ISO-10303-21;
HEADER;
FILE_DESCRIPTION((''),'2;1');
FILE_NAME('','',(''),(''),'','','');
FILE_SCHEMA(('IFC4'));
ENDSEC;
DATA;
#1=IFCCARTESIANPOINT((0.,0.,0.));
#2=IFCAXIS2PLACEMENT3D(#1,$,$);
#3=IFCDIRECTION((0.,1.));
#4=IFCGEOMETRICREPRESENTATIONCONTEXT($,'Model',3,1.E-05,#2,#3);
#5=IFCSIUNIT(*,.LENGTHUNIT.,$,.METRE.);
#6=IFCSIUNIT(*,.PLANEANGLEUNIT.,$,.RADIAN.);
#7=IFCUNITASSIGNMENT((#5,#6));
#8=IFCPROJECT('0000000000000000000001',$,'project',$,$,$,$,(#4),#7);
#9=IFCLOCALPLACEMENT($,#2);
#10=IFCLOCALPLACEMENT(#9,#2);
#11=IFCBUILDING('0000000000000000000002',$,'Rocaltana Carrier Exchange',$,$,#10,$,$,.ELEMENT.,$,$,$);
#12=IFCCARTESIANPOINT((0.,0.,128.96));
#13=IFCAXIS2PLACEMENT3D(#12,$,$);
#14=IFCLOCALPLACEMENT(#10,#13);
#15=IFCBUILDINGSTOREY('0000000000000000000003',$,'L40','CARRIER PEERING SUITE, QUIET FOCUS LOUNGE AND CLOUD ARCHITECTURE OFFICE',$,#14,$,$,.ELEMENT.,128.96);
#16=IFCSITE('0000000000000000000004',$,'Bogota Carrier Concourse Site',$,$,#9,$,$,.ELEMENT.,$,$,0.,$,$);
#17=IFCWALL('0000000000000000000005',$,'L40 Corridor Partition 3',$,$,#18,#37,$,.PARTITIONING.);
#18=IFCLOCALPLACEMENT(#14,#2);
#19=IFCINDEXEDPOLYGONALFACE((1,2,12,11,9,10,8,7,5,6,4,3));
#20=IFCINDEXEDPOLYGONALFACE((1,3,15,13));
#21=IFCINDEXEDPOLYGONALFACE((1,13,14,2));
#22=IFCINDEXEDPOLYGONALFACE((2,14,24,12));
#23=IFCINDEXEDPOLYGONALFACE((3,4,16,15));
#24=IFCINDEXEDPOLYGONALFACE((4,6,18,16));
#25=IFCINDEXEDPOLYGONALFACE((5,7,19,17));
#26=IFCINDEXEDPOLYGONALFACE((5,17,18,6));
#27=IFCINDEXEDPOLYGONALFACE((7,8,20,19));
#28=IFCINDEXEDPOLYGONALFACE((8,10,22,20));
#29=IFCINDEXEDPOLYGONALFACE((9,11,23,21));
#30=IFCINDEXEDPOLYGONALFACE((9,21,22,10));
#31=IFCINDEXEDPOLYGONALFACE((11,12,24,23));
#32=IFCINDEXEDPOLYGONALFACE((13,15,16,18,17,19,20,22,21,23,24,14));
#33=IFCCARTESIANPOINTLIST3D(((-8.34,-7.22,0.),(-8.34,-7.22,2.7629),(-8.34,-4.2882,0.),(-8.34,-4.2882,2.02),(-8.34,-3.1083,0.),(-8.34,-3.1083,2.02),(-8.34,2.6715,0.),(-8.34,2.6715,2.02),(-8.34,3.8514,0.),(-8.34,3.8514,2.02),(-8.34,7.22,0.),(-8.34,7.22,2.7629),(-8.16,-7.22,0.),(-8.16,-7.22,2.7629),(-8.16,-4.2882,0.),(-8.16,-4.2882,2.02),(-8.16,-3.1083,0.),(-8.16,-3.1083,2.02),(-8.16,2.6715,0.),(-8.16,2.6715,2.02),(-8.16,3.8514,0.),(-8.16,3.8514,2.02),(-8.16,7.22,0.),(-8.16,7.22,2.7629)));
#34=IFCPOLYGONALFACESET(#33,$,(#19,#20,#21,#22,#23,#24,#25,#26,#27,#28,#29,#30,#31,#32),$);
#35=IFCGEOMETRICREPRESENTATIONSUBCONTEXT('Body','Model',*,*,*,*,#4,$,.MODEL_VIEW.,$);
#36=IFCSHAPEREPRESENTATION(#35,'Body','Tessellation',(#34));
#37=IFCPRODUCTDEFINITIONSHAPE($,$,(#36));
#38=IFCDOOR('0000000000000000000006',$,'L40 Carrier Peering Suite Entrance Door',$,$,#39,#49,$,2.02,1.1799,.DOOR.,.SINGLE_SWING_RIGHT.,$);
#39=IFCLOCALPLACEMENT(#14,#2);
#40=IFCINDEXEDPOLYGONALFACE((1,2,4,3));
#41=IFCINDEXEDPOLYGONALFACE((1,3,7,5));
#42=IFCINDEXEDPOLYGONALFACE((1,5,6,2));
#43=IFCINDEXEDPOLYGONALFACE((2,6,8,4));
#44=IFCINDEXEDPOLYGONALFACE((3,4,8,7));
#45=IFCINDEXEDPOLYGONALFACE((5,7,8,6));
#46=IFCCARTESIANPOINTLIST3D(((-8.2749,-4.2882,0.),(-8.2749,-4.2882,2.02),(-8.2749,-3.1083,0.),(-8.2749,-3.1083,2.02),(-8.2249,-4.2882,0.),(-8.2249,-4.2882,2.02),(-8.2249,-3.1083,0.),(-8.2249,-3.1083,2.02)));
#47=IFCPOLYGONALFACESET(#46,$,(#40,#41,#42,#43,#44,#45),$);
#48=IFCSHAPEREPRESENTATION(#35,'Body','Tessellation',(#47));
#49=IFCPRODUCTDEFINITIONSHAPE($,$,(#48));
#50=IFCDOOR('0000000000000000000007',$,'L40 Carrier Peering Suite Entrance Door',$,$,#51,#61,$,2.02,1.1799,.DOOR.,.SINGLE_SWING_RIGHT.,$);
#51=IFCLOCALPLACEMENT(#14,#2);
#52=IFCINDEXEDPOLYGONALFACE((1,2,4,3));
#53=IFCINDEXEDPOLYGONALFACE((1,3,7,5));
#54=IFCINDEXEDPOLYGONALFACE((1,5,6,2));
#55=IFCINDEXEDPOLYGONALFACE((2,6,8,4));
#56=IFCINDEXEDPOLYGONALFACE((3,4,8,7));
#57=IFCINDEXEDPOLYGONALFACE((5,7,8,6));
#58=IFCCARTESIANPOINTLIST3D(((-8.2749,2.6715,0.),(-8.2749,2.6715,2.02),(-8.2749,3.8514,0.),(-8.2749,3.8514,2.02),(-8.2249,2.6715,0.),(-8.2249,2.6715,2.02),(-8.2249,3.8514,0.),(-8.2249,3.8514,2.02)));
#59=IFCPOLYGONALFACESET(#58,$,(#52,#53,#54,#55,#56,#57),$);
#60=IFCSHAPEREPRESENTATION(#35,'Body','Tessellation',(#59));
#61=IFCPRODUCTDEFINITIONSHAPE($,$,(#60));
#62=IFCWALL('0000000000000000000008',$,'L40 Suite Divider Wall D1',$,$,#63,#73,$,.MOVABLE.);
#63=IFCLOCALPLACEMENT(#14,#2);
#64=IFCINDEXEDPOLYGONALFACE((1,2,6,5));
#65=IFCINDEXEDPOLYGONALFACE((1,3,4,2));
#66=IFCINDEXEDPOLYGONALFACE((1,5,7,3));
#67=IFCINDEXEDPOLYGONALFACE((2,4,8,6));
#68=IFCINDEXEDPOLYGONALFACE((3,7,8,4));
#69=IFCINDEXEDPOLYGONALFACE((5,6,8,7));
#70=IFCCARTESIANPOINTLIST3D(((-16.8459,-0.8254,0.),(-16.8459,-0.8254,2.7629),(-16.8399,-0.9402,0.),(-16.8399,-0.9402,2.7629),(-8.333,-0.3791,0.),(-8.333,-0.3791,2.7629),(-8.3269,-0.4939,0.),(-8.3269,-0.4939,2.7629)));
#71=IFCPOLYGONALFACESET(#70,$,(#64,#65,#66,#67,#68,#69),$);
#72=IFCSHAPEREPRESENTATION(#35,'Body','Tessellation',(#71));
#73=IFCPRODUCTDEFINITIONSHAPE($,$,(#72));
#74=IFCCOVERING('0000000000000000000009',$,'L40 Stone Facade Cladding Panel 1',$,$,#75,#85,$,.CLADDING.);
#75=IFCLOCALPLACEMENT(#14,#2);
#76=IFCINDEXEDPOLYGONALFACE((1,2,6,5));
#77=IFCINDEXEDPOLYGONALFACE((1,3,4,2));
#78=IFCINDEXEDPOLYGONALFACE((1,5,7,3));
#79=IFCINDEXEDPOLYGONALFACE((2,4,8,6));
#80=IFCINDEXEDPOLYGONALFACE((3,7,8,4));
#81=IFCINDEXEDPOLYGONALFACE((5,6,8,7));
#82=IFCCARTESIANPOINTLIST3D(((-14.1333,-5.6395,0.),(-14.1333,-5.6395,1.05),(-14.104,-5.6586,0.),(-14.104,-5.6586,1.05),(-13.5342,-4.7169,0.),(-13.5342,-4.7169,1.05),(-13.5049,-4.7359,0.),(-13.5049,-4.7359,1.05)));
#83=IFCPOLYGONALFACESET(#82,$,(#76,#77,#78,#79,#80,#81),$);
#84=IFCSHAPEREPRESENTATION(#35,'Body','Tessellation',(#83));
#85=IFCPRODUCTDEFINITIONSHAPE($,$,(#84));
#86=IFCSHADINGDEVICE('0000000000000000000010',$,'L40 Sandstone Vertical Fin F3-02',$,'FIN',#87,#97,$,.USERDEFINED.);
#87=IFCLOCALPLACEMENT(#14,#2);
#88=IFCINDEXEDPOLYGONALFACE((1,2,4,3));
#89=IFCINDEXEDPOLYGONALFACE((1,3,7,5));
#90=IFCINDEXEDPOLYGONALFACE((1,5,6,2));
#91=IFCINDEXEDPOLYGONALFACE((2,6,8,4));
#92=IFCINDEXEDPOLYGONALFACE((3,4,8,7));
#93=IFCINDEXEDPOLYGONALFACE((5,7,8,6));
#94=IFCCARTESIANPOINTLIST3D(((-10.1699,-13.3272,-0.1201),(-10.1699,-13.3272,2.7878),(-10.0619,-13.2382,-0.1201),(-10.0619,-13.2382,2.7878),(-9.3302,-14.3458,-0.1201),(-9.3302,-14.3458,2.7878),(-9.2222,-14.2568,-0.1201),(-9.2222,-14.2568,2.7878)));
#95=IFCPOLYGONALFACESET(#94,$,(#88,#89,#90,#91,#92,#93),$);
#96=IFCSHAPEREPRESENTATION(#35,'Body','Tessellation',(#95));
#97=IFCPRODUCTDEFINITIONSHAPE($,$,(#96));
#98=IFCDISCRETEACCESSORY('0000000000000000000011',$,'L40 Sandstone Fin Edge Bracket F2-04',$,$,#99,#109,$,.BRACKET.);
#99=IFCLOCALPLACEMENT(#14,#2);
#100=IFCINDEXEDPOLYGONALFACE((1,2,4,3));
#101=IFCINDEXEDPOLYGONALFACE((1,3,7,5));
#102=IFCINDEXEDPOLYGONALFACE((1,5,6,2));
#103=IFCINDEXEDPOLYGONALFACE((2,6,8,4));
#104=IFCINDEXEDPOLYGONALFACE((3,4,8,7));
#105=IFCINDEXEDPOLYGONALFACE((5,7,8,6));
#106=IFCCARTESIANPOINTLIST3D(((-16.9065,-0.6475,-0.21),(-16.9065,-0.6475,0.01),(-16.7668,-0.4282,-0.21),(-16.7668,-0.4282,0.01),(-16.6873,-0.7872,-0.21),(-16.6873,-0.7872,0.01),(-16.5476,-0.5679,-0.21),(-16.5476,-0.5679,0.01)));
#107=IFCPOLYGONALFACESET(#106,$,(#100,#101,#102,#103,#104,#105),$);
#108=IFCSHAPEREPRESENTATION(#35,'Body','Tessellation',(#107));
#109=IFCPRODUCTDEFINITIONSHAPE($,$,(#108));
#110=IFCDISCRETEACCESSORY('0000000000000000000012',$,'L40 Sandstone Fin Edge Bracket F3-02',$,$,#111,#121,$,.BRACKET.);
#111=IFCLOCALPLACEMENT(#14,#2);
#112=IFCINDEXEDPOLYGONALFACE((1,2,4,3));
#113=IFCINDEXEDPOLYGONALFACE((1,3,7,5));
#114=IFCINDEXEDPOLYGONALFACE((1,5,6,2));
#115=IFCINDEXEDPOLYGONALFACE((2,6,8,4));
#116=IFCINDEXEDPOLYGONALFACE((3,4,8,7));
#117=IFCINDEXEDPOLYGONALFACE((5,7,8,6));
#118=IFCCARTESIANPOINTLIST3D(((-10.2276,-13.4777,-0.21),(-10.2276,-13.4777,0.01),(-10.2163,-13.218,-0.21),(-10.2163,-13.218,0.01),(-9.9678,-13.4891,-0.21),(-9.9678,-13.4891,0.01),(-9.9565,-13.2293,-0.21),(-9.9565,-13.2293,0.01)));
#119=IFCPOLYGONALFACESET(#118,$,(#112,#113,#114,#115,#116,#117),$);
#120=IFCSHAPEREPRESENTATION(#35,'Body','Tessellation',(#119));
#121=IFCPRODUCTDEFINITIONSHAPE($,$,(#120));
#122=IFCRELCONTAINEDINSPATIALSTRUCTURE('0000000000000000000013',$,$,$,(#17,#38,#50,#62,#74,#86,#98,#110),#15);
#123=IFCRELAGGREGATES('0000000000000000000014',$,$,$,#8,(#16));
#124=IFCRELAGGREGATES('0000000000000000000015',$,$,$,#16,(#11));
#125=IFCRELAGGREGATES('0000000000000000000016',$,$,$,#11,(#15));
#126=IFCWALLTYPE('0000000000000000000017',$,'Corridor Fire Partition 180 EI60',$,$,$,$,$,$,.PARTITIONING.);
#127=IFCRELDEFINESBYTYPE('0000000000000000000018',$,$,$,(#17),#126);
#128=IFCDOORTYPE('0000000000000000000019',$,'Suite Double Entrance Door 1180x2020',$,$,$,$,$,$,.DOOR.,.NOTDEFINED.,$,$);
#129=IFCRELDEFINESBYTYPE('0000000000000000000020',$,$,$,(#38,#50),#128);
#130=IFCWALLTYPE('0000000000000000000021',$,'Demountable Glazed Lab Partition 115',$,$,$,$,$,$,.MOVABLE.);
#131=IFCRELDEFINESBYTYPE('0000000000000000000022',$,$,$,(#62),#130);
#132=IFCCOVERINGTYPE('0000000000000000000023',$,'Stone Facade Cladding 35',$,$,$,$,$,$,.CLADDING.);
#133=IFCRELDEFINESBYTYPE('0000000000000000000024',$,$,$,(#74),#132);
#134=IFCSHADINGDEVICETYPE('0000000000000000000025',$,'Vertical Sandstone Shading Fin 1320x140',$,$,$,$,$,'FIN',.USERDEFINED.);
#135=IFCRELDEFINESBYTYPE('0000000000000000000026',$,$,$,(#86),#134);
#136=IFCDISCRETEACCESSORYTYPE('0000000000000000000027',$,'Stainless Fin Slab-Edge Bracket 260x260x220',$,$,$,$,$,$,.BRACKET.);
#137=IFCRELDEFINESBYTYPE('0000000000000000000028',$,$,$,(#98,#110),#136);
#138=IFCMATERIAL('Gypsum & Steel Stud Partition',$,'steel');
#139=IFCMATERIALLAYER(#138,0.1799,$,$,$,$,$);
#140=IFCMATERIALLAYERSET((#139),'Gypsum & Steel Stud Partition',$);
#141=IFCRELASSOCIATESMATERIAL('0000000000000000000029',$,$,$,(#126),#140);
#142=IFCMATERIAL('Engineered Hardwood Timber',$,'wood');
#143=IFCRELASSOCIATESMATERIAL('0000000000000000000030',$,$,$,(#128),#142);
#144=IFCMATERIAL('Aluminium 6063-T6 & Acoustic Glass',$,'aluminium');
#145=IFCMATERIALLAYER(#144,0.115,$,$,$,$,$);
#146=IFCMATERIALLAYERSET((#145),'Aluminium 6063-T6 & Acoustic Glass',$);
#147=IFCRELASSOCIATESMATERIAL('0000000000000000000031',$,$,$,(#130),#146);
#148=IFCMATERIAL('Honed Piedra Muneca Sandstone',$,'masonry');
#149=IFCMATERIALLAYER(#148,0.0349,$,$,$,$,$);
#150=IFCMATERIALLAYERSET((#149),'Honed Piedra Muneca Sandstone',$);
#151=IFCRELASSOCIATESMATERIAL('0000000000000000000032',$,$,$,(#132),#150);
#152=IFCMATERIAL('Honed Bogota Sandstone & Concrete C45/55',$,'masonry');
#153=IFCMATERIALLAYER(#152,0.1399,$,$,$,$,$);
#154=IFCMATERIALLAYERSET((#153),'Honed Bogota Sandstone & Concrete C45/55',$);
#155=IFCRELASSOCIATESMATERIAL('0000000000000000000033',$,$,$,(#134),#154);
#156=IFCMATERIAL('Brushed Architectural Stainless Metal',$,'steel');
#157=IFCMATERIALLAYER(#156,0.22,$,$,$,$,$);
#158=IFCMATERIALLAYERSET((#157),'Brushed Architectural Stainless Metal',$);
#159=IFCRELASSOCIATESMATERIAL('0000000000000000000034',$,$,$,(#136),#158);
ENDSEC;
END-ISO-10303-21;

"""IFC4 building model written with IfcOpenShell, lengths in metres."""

from ifc_helpers import new_model, si_unit, direction, frame, frame_2d, origin, origin_2d, place, context, subcontext, project, spatial, rectangle, extrude, material, layer, layer_set, type_object, element, fill, save


model = new_model("IFC4")

# Units and contexts
model_context = context("Model", 3, precision=1e-05, world=origin(), true_north=direction((0.0, 1.0)))
body_context = subcontext(model_context, "Body", "Model", "MODEL_VIEW")
ifc_project = project(units=[si_unit("LENGTHUNIT", "METRE"), si_unit("PLANEANGLEUNIT", "RADIAN")], contexts=[model_context])

# Site, building, storey
site_placement = place(None, origin())
site = spatial("IfcSite", under=ifc_project, at=site_placement, Name="Bogota Carrier Concourse Site", CompositionType="ELEMENT", RefElevation=0.0)
building_placement = place(site_placement, origin())
building = spatial("IfcBuilding", under=site, at=building_placement, Name="Rocaltana Carrier Exchange", CompositionType="ELEMENT")
storey_placement = place(building_placement, frame((0.0, 0.0, 128.96)))
storey = spatial("IfcBuildingStorey", under=building, at=storey_placement, Name="L40", Description="CARRIER PEERING SUITE, QUIET FOCUS LOUNGE AND CLOUD ARCHITECTURE OFFICE", CompositionType="ELEMENT", Elevation=128.96)

# Shared definitions
ifc_material_1 = material(Name="Gypsum & Steel Stud Partition", Category="steel")
ifc_layer_1 = layer(ifc_material_1, 0.1799)
ifc_layer_set_1 = layer_set([ifc_layer_1], Name="Gypsum & Steel Stud Partition")
wall_type_1 = type_object("IfcWallType", Name="Corridor Fire Partition 180 EI60", PredefinedType="PARTITIONING", material=ifc_layer_set_1)

# Wall, openings, doors
wall_1_placement = place(storey_placement, frame((-8.25, -7.22, 0.0), z_axis=(0.0, 0.0, 1.0), x_axis=(0.0, 1.0, 0.0)))
wall_1 = element("IfcWall", 1, at=wall_1_placement, inside=storey, type_object=wall_type_1, Name="L40 Corridor Partition 3", PredefinedType="PARTITIONING", context=body_context, shape_type="SweptSolid", body=[
    extrude(rectangle(XDim=14.4399, YDim=0.1799, at=frame_2d((7.22, 0.0))), origin(), (0.0, 0.0, 1.0), 2.7629),
])
opening_1_placement = place(wall_1_placement, frame((2.9319, 0.0, 0.0)))
opening_1 = element("IfcOpeningElement", 2, at=opening_1_placement, cuts=wall_1, PredefinedType="OPENING", context=body_context, shape_type="SweptSolid", body=[
    extrude(rectangle(XDim=1.1799, YDim=2.02, at=frame_2d((0.5898, 1.01))), frame((0.0, 0.0999, 0.0), z_axis=(0.0, -1.0, 0.0), x_axis=(1.0, 0.0, 0.0)), (0.0, 0.0, 1.0), 0.2),
])
opening_2_placement = place(wall_1_placement, frame((9.8916, 0.0, 0.0)))
opening_2 = element("IfcOpeningElement", 3, at=opening_2_placement, cuts=wall_1, PredefinedType="OPENING", context=body_context, shape_type="SweptSolid", body=[
    extrude(rectangle(XDim=1.1799, YDim=2.02, at=frame_2d((0.5898, 1.01))), frame((0.0, 0.0999, 0.0), z_axis=(0.0, -1.0, 0.0), x_axis=(1.0, 0.0, 0.0)), (0.0, 0.0, 1.0), 0.2),
])
ifc_material_2 = material(Name="Engineered Hardwood Timber", Category="wood")
door_type = type_object("IfcDoorType", Name="Suite Double Entrance Door 1180x2020", OperationType="NOTDEFINED", PredefinedType="DOOR", material=ifc_material_2)
door_1_placement = place(opening_1_placement, origin())
door_1 = element("IfcDoor", 4, at=door_1_placement, inside=storey, type_object=door_type, Name="L40 Carrier Peering Suite Entrance Door", OperationType="SINGLE_SWING_RIGHT", OverallHeight=2.02, OverallWidth=1.1799, PredefinedType="DOOR", context=body_context, shape_type="SweptSolid", body=[
    extrude(rectangle(XDim=1.1799, YDim=2.02, at=frame_2d((0.5898, 1.01))), frame((0.0, 0.0249, 0.0), z_axis=(0.0, -1.0, 0.0), x_axis=(1.0, 0.0, 0.0)), (0.0, 0.0, 1.0), 0.05),
])
fill(opening_1, door_1)
door_2_placement = place(opening_2_placement, origin())
door_2 = element("IfcDoor", 5, at=door_2_placement, inside=storey, type_object=door_type, Name="L40 Carrier Peering Suite Entrance Door", OperationType="SINGLE_SWING_RIGHT", OverallHeight=2.02, OverallWidth=1.1799, PredefinedType="DOOR", context=body_context, shape_type="SweptSolid", body=[
    extrude(rectangle(XDim=1.1799, YDim=2.02, at=frame_2d((0.5898, 1.01))), frame((0.0, 0.0249, 0.0), z_axis=(0.0, -1.0, 0.0), x_axis=(1.0, 0.0, 0.0)), (0.0, 0.0, 1.0), 0.05),
])
fill(opening_2, door_2)

# Wall
ifc_material_3 = material(Name="Aluminium 6063-T6 & Acoustic Glass", Category="aluminium")
ifc_layer_2 = layer(ifc_material_3, 0.115)
ifc_layer_set_2 = layer_set([ifc_layer_2], Name="Aluminium 6063-T6 & Acoustic Glass")
wall_type_2 = type_object("IfcWallType", Name="Demountable Glazed Lab Partition 115", PredefinedType="MOVABLE", material=ifc_layer_set_2)
wall_2_placement = place(storey_placement, frame((-8.3301, -0.4365, 0.0), z_axis=(0.0, 0.0, 1.0), x_axis=(-0.998629, -0.052353, 0.0)))
element("IfcWall", 6, at=wall_2_placement, inside=storey, type_object=wall_type_2, Name="L40 Suite Divider Wall D1", PredefinedType="MOVABLE", context=body_context, shape_type="SweptSolid", body=[
    extrude(rectangle(XDim=8.5247, YDim=0.115, at=frame_2d((4.2622, 0.0))), origin(), (0.0, 0.0, 1.0), 2.7629),
])

# Covering
ifc_material_4 = material(Name="Honed Piedra Muneca Sandstone", Category="masonry")
ifc_layer_3 = layer(ifc_material_4, 0.0349)
ifc_layer_set_3 = layer_set([ifc_layer_3], Name="Honed Piedra Muneca Sandstone")
covering_type = type_object("IfcCoveringType", Name="Stone Facade Cladding 35", PredefinedType="CLADDING", material=ifc_layer_set_3)
covering_placement = place(storey_placement, frame((-13.8191, -5.1877, 0.0), z_axis=(0.0, 0.0, 1.0), x_axis=(0.544639, 0.838671, 0.0)))
element("IfcCovering", 7, at=covering_placement, inside=storey, type_object=covering_type, Name="L40 Stone Facade Cladding Panel 1", PredefinedType="CLADDING", context=body_context, shape_type="SweptSolid", body=[
    extrude(rectangle(XDim=1.1001, YDim=0.0349, at=origin_2d()), origin(), (0.0, 0.0, 1.0), 1.05),
])

# Shading device
ifc_material_5 = material(Name="Honed Bogota Sandstone & Concrete C45/55", Category="masonry")
ifc_layer_4 = layer(ifc_material_5, 0.1399)
ifc_layer_set_4 = layer_set([ifc_layer_4], Name="Honed Bogota Sandstone & Concrete C45/55")
shading_device_type = type_object("IfcShadingDeviceType", Name="Vertical Sandstone Shading Fin 1320x140", ElementType="FIN", PredefinedType="USERDEFINED", material=ifc_layer_set_4)
shading_device_placement = place(storey_placement, frame((-9.696, -13.792, -0.1201), z_axis=(0.0, 0.0, 1.0), x_axis=(0.636078, -0.771625, 0.0)))
element("IfcShadingDevice", 8, at=shading_device_placement, inside=storey, type_object=shading_device_type, Name="L40 Sandstone Vertical Fin F3-02", ObjectType="FIN", PredefinedType="USERDEFINED", context=body_context, shape_type="SweptSolid", body=[
    extrude(rectangle(XDim=1.3201, YDim=0.1399, at=origin_2d()), origin(), (0.0, 0.0, 1.0), 2.908),
])

# Discrete accessories
ifc_material_6 = material(Name="Brushed Architectural Stainless Metal", Category="steel")
ifc_layer_5 = layer(ifc_material_6, 0.22)
ifc_layer_set_5 = layer_set([ifc_layer_5], Name="Brushed Architectural Stainless Metal")
discrete_accessory_type = type_object("IfcDiscreteAccessoryType", Name="Stainless Fin Slab-Edge Bracket 260x260x220", PredefinedType="BRACKET", material=ifc_layer_set_5)
for number, where, z_axis, x_axis, name in (
    (9, (-16.7271, -0.6077, -0.21), (0.0, 0.0, 1.0), (-0.5373, -0.843391, 0.0), "L40 Sandstone Fin Edge Bracket F2-04"),
    (10, (-10.092, -13.3535, -0.21), (0.0, 0.0, 1.0), (0.999048, -0.043619, 0.0), "L40 Sandstone Fin Edge Bracket F3-02"),
):
    element("IfcDiscreteAccessory", number, at=place(storey_placement, frame(where, z_axis=z_axis, x_axis=x_axis)), inside=storey, type_object=discrete_accessory_type, Name=name, PredefinedType="BRACKET", context=body_context, shape_type="SweptSolid", body=[
        extrude(rectangle(XDim=0.26, YDim=0.26, at=origin_2d()), origin(), (0.0, 0.0, 1.0), 0.22),
    ])

save(model, "model.ifc")
